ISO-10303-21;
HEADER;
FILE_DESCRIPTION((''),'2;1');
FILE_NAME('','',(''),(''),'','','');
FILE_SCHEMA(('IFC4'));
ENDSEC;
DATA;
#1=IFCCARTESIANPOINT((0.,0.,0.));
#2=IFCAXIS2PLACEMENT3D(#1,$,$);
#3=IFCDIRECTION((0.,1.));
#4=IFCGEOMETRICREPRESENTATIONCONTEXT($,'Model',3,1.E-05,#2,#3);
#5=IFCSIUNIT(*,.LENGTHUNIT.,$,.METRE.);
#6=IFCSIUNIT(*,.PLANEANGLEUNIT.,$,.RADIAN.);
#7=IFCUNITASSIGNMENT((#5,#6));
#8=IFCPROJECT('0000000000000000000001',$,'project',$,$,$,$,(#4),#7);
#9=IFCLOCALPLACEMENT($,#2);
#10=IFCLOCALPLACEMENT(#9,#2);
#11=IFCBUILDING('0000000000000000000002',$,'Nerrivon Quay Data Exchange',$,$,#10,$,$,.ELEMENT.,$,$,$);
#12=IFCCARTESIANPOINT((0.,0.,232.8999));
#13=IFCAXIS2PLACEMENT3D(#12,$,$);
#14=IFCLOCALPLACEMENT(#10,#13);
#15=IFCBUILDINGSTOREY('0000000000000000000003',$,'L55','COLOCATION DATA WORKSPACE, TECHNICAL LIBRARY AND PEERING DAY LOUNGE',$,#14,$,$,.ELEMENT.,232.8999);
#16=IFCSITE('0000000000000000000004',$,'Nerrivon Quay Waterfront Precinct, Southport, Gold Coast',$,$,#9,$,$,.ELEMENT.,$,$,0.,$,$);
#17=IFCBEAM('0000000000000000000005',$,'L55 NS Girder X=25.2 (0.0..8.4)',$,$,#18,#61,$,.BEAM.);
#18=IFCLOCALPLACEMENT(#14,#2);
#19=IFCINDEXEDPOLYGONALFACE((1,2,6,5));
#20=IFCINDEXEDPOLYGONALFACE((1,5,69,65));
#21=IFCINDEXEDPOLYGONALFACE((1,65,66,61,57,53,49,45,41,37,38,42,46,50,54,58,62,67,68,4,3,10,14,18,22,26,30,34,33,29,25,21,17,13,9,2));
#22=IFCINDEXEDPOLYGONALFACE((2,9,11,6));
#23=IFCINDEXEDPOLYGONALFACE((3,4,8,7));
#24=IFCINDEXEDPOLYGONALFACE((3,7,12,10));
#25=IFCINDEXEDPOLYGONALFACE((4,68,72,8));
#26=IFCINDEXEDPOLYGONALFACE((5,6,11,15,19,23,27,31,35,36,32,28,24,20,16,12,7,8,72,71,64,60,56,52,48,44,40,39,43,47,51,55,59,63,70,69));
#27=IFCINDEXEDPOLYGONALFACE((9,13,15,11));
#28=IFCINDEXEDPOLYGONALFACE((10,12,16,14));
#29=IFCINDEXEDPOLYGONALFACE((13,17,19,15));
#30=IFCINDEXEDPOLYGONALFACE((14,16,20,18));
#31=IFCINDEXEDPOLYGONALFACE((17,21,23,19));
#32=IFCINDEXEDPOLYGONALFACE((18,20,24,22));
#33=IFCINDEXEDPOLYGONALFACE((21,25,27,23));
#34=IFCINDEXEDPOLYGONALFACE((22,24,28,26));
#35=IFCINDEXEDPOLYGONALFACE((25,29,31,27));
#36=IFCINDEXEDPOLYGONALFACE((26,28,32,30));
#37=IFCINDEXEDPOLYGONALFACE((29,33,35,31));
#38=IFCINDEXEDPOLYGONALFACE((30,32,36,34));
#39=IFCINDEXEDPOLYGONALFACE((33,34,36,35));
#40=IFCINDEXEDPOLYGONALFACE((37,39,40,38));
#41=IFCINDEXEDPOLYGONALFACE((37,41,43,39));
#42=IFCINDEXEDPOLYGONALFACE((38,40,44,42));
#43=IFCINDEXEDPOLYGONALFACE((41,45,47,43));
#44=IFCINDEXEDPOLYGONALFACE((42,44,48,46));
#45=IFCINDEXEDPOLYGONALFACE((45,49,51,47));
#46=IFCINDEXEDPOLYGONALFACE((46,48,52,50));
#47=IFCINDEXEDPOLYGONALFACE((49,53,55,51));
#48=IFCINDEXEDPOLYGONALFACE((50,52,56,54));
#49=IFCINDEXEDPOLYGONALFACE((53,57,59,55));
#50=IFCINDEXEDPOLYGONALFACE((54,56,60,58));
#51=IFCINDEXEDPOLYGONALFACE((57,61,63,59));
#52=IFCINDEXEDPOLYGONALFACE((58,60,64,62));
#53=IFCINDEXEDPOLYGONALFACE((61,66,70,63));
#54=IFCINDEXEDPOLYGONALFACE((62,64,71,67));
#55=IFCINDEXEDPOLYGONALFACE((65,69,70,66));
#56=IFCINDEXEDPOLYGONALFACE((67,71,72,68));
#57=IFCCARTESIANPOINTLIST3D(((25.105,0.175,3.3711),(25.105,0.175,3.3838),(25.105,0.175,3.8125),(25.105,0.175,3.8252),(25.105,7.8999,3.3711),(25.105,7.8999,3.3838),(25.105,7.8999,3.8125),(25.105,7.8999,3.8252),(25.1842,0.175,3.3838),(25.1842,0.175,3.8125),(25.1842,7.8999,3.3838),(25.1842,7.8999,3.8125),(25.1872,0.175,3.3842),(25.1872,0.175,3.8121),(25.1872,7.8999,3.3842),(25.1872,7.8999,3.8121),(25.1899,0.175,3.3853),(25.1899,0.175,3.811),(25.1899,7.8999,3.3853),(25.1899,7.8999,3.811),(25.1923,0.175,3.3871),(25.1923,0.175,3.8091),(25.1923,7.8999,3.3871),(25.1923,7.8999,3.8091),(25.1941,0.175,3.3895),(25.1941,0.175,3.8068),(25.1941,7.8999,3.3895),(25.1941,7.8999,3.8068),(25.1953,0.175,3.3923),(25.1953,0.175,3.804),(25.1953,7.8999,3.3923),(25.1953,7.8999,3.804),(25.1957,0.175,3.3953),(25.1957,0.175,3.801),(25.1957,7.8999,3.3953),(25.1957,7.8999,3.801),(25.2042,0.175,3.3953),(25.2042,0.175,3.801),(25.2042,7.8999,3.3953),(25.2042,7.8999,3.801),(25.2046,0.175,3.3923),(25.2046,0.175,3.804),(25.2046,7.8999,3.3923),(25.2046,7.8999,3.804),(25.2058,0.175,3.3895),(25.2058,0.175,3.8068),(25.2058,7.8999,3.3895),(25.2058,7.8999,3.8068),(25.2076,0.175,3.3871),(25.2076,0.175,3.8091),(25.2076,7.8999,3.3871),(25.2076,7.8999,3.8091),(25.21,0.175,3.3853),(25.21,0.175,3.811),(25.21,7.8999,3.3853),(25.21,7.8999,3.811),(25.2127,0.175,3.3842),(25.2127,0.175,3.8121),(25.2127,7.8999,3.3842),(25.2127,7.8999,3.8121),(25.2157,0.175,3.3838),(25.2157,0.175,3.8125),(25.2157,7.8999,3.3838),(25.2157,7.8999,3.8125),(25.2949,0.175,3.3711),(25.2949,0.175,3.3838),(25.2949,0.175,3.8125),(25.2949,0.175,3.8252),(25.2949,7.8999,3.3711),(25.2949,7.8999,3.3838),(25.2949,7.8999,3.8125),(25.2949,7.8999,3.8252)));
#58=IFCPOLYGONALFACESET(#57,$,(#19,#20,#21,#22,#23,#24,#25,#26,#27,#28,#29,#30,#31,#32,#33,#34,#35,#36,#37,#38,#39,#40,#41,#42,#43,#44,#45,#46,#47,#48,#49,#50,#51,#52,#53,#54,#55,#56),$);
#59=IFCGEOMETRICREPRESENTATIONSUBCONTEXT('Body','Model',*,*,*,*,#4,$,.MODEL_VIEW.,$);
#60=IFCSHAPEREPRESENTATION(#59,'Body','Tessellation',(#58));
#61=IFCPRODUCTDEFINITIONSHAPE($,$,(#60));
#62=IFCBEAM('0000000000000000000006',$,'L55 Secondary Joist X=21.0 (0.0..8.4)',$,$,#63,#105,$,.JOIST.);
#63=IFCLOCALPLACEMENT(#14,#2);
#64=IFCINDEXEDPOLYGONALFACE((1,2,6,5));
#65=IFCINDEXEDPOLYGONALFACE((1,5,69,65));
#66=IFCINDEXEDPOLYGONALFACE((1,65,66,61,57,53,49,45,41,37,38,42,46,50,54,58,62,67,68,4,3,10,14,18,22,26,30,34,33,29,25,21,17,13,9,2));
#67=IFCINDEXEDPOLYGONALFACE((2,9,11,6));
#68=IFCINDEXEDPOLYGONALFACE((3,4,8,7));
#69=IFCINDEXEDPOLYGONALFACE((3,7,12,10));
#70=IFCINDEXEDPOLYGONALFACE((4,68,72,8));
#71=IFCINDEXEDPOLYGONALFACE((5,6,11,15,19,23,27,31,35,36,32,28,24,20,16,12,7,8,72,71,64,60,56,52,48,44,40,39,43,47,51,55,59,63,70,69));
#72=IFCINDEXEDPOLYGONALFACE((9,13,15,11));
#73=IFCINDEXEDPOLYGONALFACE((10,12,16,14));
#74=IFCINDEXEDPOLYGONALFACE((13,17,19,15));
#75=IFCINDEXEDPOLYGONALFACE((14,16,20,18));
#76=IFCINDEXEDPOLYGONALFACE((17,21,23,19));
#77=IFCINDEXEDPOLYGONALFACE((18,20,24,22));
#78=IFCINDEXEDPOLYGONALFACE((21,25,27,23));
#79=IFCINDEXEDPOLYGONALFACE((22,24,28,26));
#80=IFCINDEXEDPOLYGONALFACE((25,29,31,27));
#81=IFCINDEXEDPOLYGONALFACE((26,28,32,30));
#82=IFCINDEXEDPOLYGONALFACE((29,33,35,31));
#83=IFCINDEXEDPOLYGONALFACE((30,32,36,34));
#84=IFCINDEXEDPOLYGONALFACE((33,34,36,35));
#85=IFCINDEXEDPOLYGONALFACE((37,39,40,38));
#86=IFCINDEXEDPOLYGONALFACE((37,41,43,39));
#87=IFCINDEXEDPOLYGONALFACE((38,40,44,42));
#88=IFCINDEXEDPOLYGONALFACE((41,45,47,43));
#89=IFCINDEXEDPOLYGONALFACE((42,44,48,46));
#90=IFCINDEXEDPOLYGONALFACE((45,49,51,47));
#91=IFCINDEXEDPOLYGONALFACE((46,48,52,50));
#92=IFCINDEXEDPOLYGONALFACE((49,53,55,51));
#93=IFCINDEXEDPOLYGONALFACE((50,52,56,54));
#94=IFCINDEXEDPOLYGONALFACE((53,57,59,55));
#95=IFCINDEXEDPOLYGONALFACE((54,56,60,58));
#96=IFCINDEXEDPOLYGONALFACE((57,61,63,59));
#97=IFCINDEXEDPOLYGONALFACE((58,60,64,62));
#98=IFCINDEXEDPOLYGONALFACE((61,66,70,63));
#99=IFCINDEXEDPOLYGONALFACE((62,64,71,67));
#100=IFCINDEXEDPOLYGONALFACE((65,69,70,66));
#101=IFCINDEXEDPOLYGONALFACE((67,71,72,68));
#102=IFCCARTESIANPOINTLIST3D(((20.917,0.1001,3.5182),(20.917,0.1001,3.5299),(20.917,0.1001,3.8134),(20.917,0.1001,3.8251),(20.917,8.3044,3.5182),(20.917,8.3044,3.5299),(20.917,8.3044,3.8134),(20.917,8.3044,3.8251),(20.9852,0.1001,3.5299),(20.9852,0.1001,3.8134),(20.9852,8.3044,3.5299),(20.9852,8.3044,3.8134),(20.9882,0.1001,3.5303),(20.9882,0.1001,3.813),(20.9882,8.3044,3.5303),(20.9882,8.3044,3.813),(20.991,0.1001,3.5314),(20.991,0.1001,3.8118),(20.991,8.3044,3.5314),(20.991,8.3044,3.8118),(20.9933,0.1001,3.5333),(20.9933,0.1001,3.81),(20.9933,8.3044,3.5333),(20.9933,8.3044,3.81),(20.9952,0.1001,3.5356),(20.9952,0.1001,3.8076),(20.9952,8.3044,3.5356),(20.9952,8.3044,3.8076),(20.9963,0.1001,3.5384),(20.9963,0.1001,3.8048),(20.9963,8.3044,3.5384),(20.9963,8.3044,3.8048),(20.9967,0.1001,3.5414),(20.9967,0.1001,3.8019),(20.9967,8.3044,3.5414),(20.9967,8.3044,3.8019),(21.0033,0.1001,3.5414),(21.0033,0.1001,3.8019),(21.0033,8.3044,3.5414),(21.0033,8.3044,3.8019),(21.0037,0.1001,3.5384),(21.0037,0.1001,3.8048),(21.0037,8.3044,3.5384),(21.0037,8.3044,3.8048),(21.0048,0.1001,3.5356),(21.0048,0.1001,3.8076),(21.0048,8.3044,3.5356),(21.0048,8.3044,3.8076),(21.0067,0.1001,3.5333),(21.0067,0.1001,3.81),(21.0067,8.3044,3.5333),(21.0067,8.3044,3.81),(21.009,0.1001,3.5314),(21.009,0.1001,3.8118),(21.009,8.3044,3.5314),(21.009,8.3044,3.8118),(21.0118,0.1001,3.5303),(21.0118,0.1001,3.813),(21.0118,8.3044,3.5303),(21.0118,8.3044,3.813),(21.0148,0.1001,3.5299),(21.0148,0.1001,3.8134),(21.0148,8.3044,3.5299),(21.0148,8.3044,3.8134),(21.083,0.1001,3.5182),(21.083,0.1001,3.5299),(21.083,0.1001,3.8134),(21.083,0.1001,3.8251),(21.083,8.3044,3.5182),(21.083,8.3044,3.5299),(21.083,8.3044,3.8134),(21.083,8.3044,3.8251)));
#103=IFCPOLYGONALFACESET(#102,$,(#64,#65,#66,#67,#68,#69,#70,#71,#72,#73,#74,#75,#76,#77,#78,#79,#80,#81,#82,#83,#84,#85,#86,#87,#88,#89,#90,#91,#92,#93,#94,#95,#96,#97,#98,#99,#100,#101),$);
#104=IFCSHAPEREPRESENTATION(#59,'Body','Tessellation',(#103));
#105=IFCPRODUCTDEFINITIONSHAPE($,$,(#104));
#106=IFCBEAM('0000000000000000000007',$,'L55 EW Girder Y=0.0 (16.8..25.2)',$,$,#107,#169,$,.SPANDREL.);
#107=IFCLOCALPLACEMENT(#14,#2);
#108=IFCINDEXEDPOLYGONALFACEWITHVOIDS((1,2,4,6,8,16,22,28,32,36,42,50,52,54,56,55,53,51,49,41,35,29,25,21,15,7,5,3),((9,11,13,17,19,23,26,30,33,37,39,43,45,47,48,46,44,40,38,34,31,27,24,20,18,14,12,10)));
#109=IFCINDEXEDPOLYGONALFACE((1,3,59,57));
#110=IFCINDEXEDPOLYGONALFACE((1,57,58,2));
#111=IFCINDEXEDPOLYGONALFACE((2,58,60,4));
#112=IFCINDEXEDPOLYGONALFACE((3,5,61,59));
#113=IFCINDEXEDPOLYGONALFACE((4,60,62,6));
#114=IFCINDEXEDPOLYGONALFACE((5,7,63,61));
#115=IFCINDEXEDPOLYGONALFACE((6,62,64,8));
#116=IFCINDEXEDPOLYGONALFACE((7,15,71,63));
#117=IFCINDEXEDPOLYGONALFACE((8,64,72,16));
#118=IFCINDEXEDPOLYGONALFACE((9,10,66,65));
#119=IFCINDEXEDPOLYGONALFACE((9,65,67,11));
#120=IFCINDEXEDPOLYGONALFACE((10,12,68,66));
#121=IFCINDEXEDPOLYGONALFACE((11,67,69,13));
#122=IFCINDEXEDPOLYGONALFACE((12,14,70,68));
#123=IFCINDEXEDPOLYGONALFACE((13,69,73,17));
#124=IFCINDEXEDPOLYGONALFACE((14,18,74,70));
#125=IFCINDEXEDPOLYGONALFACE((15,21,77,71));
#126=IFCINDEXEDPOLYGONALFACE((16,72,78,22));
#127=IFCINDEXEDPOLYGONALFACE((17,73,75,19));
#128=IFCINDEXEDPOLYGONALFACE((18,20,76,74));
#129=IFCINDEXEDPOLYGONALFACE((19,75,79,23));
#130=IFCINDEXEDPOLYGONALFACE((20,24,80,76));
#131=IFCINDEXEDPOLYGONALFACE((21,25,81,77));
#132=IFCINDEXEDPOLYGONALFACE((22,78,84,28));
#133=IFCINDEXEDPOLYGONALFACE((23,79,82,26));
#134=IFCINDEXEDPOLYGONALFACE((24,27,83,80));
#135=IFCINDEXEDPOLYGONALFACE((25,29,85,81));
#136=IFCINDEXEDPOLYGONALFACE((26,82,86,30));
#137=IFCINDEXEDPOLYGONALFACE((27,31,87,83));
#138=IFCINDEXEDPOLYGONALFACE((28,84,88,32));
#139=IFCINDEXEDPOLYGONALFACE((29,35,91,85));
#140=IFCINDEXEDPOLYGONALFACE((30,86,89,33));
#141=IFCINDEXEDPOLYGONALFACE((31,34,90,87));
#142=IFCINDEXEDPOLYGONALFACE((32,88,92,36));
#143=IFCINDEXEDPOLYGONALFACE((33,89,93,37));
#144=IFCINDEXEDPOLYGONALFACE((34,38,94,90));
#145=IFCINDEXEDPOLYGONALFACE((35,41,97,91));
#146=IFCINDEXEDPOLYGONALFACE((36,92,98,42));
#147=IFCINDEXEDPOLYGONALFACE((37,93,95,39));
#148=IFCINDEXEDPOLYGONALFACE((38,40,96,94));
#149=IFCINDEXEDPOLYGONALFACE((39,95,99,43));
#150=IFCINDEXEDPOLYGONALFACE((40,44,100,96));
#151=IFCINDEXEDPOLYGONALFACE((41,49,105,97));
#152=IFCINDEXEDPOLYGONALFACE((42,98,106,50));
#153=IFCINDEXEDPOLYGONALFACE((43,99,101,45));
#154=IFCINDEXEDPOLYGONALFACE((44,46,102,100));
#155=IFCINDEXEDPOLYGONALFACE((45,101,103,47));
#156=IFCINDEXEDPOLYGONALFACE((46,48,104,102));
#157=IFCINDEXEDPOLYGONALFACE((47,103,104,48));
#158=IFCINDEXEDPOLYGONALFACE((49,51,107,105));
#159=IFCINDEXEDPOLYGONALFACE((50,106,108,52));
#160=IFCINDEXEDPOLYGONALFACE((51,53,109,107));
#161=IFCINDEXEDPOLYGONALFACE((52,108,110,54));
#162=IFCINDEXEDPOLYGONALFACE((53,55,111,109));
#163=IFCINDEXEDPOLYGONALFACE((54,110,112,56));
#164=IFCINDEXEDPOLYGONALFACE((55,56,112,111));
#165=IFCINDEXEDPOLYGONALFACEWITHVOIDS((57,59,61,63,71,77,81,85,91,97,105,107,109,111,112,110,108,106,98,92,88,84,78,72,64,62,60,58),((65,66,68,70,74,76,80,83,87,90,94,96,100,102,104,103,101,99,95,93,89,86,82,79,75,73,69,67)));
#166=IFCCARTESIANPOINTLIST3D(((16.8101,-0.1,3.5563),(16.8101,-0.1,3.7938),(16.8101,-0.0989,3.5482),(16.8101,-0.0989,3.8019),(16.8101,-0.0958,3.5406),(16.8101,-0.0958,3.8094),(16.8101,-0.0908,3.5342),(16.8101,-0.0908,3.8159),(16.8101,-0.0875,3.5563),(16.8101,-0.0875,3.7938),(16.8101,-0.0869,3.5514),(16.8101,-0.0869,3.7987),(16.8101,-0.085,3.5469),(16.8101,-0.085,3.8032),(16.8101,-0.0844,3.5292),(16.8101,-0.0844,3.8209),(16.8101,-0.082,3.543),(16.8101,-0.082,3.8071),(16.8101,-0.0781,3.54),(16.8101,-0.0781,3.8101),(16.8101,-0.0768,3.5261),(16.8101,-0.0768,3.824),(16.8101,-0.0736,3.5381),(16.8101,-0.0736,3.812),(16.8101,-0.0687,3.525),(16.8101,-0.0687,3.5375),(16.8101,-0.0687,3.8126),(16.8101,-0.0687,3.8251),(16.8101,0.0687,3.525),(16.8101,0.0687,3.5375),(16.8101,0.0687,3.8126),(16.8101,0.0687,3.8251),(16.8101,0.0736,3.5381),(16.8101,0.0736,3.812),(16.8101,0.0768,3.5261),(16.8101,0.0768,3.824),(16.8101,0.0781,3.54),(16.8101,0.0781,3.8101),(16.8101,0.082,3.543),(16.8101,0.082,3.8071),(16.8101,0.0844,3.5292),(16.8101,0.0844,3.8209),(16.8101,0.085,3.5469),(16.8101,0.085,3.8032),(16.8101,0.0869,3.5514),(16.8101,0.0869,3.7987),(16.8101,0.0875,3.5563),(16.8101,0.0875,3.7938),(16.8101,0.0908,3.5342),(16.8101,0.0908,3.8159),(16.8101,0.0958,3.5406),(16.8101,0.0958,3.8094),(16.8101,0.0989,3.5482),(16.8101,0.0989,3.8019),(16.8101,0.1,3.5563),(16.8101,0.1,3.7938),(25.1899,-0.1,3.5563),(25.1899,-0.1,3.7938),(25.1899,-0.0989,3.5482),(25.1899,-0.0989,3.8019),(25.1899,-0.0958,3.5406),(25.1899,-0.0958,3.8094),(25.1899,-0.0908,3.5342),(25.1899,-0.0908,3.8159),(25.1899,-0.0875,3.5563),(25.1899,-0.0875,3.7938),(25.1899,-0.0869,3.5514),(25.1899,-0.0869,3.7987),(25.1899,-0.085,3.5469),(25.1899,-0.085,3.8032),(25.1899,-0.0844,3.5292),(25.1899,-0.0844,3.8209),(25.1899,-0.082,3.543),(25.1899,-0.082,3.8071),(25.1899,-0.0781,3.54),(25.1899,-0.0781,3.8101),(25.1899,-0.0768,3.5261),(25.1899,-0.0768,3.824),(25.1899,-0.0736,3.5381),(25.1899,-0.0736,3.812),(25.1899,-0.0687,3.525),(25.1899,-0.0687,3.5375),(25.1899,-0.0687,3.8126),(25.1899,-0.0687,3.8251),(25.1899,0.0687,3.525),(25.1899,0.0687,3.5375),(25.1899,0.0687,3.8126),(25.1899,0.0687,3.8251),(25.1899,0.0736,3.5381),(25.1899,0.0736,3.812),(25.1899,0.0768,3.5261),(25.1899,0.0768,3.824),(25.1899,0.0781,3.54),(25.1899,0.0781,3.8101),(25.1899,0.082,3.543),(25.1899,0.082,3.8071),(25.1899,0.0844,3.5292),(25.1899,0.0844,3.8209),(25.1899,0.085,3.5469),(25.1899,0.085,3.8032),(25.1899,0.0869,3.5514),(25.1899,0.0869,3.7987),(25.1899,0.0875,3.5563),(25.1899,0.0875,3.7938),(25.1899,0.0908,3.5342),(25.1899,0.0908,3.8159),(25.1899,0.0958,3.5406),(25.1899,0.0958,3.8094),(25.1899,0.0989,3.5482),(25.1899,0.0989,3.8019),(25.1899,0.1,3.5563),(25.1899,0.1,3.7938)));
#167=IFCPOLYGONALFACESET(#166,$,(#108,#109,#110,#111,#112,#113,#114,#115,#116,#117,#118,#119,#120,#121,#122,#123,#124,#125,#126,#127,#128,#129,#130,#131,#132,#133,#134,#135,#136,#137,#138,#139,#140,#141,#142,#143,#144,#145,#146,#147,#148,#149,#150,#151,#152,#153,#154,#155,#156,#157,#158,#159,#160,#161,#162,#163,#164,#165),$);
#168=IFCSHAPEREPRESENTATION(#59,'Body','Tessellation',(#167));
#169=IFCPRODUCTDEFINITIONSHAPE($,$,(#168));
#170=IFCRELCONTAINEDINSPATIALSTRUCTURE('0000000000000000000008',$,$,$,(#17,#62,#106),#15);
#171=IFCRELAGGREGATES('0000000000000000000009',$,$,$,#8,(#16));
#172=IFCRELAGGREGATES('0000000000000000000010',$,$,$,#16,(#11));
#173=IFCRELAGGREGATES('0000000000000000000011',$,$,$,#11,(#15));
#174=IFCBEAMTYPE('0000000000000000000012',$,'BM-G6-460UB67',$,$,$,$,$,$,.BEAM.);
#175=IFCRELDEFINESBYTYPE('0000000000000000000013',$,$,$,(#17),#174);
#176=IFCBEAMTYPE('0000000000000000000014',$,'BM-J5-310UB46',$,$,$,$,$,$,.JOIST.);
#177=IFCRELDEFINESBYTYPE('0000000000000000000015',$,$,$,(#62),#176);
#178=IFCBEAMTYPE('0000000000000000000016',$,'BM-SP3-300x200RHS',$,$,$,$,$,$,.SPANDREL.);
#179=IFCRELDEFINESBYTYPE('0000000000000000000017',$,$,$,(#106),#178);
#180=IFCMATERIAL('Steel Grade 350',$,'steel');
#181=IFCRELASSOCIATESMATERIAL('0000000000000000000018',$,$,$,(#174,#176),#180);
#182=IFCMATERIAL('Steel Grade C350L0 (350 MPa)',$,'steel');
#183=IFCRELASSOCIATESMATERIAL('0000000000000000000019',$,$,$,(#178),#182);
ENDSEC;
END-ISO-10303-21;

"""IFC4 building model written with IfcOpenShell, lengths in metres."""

from ifc_helpers import new_model, si_unit, direction, frame, origin, origin_2d, place, context, subcontext, project, spatial, hollow_rectangle, i_section, extrude, material, material_profile, profile_set, type_object, element, save


model = new_model("IFC4")

# Units and contexts
model_context = context("Model", 3, precision=1e-05, world=origin(), true_north=direction((0.0, 1.0)))
body_context = subcontext(model_context, "Body", "Model", "MODEL_VIEW")
ifc_project = project(units=[si_unit("LENGTHUNIT", "METRE"), si_unit("PLANEANGLEUNIT", "RADIAN")], contexts=[model_context])

# Site, building, storey
site_placement = place(None, origin())
site = spatial("IfcSite", under=ifc_project, at=site_placement, Name="Nerrivon Quay Waterfront Precinct, Southport, Gold Coast", CompositionType="ELEMENT", RefElevation=0.0)
building_placement = place(site_placement, origin())
building = spatial("IfcBuilding", under=site, at=building_placement, Name="Nerrivon Quay Data Exchange", CompositionType="ELEMENT")
storey_placement = place(building_placement, frame((0.0, 0.0, 232.8999)))
storey = spatial("IfcBuildingStorey", under=building, at=storey_placement, Name="L55", Description="COLOCATION DATA WORKSPACE, TECHNICAL LIBRARY AND PEERING DAY LOUNGE", CompositionType="ELEMENT", Elevation=232.8999)

# Shared definitions
ifc_material_1 = material(Name="Steel Grade 350", Category="steel")

# Beams
ifc_material_profile_1 = material_profile(ifc_material_1, i_section(OverallWidth=0.1899, OverallDepth=0.4541, WebThickness=0.0085, FlangeThickness=0.0127, FilletRadius=0.0115, at=origin_2d()), Name="460UB67.1")
ifc_profile_set_1 = profile_set([ifc_material_profile_1], Name="Steel Grade 350")
beam_type_1 = type_object("IfcBeamType", Name="BM-G6-460UB67", PredefinedType="BEAM", material=ifc_profile_set_1)
for number, where, z_axis, x_axis, name in (
    (1, (25.2, 0.175, 3.5981), (0.0, 1.0, 0.0), (-1.0, 0.0, 0.0), "L55 NS Girder X=25.2 (0.0..8.4)"),
):
    element("IfcBeam", number, at=place(storey_placement, frame(where, z_axis=z_axis, x_axis=x_axis)), inside=storey, type_object=beam_type_1, Name=name, PredefinedType="BEAM", context=body_context, shape_type="SweptSolid", body=[
        extrude(i_section(OverallWidth=0.1899, OverallDepth=0.4541, WebThickness=0.0085, FlangeThickness=0.0127, FilletRadius=0.0115, at=origin_2d()), origin(), (0.0, 0.0, 1.0), 7.7249),
    ])
ifc_material_profile_2 = material_profile(ifc_material_1, i_section(OverallWidth=0.166, OverallDepth=0.3069, WebThickness=0.0066, FlangeThickness=0.0117, FilletRadius=0.0115, at=origin_2d()), Name="310UB46.2")
ifc_profile_set_2 = profile_set([ifc_material_profile_2], Name="Steel Grade 350")
beam_type_2 = type_object("IfcBeamType", Name="BM-J5-310UB46", PredefinedType="JOIST", material=ifc_profile_set_2)
beam_1_placement = place(storey_placement, frame((21.0, 0.1001, 3.6716), z_axis=(0.0, 1.0, 0.0), x_axis=(-1.0, 0.0, 0.0)))
element("IfcBeam", 2, at=beam_1_placement, inside=storey, type_object=beam_type_2, Name="L55 Secondary Joist X=21.0 (0.0..8.4)", PredefinedType="JOIST", context=body_context, shape_type="SweptSolid", body=[
    extrude(i_section(OverallWidth=0.166, OverallDepth=0.3069, WebThickness=0.0066, FlangeThickness=0.0117, FilletRadius=0.0115, at=origin_2d()), origin(), (0.0, 0.0, 1.0), 8.2043),
])
ifc_material_2 = material(Name="Steel Grade C350L0 (350 MPa)", Category="steel")
ifc_material_profile_3 = material_profile(ifc_material_2, hollow_rectangle(XDim=0.2, YDim=0.3, WallThickness=0.0125, InnerFilletRadius=0.0188, OuterFilletRadius=0.0312, at=origin_2d()), Name="300x200x12.5RHS")
ifc_profile_set_3 = profile_set([ifc_material_profile_3], Name="Steel Grade C350L0 (350 MPa)")
beam_type_3 = type_object("IfcBeamType", Name="BM-SP3-300x200RHS", PredefinedType="SPANDREL", material=ifc_profile_set_3)
beam_2_placement = place(storey_placement, frame((16.8101, 0.0, 3.675), z_axis=(1.0, 0.0, 0.0), x_axis=(0.0, 1.0, 0.0)))
element("IfcBeam", 3, at=beam_2_placement, inside=storey, type_object=beam_type_3, Name="L55 EW Girder Y=0.0 (16.8..25.2)", PredefinedType="SPANDREL", context=body_context, shape_type="SweptSolid", body=[
    extrude(hollow_rectangle(XDim=0.2, YDim=0.3, WallThickness=0.0125, InnerFilletRadius=0.0188, OuterFilletRadius=0.0312, at=origin_2d()), origin(), (0.0, 0.0, 1.0), 8.3799),
])

save(model, "model.ifc")
